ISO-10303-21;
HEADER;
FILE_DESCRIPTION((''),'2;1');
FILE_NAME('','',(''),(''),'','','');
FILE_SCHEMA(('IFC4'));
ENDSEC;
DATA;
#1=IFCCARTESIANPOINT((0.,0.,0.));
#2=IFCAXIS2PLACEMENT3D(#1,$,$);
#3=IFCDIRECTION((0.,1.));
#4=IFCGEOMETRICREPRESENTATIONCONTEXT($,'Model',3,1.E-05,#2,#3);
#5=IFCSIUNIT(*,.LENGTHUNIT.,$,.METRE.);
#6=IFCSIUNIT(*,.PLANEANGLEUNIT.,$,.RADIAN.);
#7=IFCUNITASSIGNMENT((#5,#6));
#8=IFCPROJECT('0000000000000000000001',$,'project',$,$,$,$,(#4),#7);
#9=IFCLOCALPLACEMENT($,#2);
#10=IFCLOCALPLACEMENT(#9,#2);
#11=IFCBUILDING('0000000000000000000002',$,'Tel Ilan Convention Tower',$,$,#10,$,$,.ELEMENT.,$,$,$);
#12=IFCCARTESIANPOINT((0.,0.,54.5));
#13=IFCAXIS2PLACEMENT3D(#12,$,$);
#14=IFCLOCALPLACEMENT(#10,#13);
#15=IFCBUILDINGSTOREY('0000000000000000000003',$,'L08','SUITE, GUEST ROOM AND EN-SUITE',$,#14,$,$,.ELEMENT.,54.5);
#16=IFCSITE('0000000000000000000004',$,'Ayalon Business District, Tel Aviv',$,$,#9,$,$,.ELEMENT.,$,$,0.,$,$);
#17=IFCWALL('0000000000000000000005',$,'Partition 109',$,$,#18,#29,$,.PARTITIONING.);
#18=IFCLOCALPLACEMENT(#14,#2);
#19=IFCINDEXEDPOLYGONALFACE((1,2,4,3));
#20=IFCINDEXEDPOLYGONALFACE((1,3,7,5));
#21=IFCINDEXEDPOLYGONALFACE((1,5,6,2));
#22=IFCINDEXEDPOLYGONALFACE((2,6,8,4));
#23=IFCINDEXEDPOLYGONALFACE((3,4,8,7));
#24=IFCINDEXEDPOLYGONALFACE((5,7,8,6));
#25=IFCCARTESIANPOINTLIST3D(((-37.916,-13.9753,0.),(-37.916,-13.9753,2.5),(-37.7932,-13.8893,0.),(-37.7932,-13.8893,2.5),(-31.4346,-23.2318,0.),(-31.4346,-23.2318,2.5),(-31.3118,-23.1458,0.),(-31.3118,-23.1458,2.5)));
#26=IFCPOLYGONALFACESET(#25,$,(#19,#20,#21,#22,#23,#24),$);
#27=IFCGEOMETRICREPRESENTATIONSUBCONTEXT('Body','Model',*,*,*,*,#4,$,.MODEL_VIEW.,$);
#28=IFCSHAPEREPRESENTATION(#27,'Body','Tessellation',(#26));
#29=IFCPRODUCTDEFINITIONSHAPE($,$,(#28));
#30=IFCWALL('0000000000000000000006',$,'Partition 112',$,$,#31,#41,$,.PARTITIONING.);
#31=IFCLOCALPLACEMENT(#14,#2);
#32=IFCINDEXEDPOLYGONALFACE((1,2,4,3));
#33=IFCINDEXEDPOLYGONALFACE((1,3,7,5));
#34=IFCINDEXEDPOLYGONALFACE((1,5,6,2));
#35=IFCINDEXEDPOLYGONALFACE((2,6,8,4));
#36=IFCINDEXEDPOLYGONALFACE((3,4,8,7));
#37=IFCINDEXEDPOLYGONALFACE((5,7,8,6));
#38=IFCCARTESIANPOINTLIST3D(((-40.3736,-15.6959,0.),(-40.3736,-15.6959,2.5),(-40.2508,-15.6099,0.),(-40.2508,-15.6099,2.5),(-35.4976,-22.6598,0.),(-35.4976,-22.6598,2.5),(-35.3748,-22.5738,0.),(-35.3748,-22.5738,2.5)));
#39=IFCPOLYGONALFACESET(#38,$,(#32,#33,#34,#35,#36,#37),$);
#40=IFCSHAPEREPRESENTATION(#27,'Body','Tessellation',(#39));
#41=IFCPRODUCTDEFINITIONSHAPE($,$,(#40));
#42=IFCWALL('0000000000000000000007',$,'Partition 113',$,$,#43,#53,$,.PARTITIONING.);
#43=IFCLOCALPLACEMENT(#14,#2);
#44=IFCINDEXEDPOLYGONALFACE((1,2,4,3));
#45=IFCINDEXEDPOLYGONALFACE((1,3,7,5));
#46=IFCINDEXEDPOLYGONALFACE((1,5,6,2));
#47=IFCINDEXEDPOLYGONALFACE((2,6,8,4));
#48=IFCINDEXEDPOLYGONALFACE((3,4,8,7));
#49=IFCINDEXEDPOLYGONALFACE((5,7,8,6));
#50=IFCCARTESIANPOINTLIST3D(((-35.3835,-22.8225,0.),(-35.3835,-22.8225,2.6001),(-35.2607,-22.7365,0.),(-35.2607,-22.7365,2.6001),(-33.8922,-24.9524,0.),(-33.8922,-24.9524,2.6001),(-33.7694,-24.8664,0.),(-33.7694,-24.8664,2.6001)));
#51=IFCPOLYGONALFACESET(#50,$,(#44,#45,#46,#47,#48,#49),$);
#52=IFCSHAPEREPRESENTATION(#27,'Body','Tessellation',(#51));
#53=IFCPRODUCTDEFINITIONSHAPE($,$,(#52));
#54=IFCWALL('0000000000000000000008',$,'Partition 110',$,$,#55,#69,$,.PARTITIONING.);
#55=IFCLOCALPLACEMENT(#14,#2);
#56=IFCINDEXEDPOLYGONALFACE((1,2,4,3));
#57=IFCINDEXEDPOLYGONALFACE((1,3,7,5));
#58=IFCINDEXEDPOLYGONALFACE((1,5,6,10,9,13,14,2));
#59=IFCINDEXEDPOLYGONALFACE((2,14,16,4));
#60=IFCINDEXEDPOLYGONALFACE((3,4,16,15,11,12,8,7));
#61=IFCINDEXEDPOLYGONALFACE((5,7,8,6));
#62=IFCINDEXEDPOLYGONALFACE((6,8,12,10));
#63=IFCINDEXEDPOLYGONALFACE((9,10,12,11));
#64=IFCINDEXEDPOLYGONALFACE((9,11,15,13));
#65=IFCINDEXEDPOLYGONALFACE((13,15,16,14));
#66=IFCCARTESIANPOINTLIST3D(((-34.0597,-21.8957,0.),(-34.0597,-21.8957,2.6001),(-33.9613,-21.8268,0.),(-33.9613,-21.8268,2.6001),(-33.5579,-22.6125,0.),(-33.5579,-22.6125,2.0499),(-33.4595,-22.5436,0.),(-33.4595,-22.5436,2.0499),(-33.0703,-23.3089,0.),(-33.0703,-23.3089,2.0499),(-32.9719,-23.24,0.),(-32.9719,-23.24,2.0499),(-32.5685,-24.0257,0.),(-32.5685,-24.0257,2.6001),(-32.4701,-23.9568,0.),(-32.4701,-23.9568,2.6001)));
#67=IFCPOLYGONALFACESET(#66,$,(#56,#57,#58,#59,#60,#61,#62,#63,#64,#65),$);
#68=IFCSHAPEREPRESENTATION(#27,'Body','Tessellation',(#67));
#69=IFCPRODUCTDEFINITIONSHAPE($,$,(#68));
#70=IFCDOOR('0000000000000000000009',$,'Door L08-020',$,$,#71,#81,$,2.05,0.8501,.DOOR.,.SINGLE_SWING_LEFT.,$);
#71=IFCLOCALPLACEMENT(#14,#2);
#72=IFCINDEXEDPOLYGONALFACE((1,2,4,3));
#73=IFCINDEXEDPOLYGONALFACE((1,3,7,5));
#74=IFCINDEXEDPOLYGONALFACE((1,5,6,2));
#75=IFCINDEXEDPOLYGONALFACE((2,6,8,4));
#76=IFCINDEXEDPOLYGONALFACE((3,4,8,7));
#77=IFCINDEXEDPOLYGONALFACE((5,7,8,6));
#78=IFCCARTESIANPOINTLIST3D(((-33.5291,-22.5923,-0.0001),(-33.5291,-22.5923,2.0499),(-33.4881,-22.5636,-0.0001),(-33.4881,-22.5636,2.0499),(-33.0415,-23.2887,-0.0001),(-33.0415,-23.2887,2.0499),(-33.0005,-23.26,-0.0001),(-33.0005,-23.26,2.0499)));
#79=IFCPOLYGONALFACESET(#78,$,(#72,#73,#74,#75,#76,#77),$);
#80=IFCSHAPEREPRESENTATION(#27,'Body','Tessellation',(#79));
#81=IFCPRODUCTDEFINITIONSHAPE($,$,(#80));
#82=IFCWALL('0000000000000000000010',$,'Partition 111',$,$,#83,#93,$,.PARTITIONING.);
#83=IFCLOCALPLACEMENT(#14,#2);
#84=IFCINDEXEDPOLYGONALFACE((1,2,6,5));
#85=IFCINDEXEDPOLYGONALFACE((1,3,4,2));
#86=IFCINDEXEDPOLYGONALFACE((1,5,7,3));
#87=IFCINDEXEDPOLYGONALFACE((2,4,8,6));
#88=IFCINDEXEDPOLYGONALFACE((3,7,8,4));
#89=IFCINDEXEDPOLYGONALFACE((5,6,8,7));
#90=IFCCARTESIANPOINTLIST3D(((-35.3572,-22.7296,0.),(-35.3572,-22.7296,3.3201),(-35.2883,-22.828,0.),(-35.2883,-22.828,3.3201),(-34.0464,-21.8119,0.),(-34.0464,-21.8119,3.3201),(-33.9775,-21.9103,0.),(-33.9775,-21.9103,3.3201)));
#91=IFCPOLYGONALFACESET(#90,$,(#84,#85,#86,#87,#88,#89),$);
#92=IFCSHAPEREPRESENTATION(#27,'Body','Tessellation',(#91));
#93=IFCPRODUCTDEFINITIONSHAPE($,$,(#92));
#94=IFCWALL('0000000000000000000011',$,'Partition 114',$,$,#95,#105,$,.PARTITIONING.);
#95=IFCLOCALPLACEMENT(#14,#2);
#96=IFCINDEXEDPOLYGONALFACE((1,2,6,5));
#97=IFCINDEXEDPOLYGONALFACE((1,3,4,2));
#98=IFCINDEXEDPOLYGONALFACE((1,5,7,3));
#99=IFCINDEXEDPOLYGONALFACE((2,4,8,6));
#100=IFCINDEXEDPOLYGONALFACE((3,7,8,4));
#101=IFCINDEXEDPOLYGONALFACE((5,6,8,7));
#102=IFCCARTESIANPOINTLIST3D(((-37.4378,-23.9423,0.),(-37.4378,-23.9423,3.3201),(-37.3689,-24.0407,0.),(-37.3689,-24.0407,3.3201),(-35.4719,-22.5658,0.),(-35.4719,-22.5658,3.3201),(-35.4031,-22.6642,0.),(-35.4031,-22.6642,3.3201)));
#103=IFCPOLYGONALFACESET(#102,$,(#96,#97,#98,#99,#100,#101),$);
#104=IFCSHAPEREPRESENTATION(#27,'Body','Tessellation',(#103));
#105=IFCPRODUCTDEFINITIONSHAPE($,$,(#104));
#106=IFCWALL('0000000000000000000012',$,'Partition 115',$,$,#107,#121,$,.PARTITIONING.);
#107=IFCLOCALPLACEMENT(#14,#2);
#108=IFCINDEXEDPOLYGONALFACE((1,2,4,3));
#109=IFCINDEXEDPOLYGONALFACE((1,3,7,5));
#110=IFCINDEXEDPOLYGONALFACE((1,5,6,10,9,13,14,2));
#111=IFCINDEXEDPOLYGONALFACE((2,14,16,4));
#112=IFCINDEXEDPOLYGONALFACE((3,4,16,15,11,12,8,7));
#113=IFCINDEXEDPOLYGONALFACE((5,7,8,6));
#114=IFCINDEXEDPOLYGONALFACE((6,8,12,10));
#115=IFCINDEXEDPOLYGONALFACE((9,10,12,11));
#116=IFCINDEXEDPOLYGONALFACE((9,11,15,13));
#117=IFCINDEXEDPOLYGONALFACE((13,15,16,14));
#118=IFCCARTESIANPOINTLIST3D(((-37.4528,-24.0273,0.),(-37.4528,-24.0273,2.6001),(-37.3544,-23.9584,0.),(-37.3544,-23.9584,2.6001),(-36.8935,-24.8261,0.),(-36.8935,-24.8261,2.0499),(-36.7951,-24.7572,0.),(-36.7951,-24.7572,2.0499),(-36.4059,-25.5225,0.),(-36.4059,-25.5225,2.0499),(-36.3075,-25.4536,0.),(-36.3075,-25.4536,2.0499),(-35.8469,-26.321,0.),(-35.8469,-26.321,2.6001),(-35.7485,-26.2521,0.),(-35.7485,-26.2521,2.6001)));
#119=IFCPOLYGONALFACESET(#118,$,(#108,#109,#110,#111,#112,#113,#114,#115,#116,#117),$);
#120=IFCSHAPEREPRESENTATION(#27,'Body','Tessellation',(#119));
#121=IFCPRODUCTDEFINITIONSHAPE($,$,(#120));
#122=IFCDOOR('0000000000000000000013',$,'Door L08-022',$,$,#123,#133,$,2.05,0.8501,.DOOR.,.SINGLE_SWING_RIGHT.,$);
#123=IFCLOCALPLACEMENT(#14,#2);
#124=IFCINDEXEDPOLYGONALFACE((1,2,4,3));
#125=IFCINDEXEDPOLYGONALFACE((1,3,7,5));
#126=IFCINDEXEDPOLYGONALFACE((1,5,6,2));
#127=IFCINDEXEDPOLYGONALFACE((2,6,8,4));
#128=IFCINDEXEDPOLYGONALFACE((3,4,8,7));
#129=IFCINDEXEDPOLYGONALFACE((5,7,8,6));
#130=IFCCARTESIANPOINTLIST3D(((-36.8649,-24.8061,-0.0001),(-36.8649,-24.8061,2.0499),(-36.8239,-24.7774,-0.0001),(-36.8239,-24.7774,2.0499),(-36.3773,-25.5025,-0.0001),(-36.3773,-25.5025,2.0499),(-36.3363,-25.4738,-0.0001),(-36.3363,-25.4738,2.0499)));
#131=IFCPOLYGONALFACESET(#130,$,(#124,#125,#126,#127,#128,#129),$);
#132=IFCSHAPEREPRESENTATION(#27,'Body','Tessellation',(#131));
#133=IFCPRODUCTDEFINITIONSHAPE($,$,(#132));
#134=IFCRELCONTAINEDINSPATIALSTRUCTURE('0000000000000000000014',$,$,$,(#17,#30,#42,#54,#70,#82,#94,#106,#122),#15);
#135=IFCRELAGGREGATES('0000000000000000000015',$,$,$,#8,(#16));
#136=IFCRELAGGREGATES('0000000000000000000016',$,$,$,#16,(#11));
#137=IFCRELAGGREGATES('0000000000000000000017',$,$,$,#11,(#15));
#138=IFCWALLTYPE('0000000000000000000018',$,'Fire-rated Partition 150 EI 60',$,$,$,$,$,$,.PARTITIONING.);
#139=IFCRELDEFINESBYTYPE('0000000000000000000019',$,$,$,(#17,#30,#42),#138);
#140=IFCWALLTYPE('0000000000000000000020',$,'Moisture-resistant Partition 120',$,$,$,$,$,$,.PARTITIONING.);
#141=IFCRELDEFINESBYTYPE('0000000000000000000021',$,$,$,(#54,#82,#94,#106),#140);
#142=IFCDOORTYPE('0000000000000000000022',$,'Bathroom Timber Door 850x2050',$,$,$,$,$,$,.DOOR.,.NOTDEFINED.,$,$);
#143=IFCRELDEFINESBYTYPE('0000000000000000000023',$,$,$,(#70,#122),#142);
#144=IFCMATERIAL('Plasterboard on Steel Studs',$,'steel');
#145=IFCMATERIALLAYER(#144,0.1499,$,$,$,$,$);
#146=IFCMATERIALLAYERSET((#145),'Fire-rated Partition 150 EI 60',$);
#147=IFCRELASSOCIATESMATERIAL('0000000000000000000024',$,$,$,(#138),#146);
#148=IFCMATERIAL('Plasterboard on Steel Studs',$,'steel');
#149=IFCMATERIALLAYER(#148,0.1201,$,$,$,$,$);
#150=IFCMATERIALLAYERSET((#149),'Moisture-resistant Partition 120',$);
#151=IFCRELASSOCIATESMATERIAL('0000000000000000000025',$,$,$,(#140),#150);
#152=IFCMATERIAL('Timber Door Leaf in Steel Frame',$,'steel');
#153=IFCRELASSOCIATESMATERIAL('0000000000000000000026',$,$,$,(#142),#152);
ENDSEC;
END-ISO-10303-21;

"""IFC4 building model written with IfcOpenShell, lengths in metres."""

from ifc_helpers import new_model, si_unit, direction, frame, frame_2d, origin, place, context, subcontext, project, spatial, rectangle, extrude, material, layer, layer_set, type_object, element, fill, save


model = new_model("IFC4")

# Units and contexts
model_context = context("Model", 3, precision=1e-05, world=origin(), true_north=direction((0.0, 1.0)))
body_context = subcontext(model_context, "Body", "Model", "MODEL_VIEW")
ifc_project = project(units=[si_unit("LENGTHUNIT", "METRE"), si_unit("PLANEANGLEUNIT", "RADIAN")], contexts=[model_context])

# Site, building, storey
site_placement = place(None, origin())
site = spatial("IfcSite", under=ifc_project, at=site_placement, Name="Ayalon Business District, Tel Aviv", CompositionType="ELEMENT", RefElevation=0.0)
building_placement = place(site_placement, origin())
building = spatial("IfcBuilding", under=site, at=building_placement, Name="Tel Ilan Convention Tower", CompositionType="ELEMENT")
storey_placement = place(building_placement, frame((0.0, 0.0, 54.5)))
storey = spatial("IfcBuildingStorey", under=building, at=storey_placement, Name="L08", Description="SUITE, GUEST ROOM AND EN-SUITE", CompositionType="ELEMENT", Elevation=54.5)

# Shared definitions
ifc_material_1 = material(Name="Plasterboard on Steel Studs", Category="steel")
ifc_layer_1 = layer(ifc_material_1, 0.1499)
ifc_layer_set_1 = layer_set([ifc_layer_1], Name="Fire-rated Partition 150 EI 60")
wall_type_1 = type_object("IfcWallType", Name="Fire-rated Partition 150 EI 60", PredefinedType="PARTITIONING", material=ifc_layer_set_1)

# Walls
wall_1_placement = place(storey_placement, frame((-31.3733, -23.1887, 0.0), z_axis=(0.0, 0.0, 1.0), x_axis=(-0.573571, 0.819156, 0.0)))
element("IfcWall", 1, at=wall_1_placement, inside=storey, type_object=wall_type_1, Name="Partition 109", PredefinedType="PARTITIONING", context=body_context, shape_type="SweptSolid", body=[
    extrude(rectangle(XDim=11.3, YDim=0.1499, at=frame_2d((5.6499, 0.0))), origin(), (0.0, 0.0, 1.0), 2.5),
])
wall_2_placement = place(storey_placement, frame((-35.4363, -22.6167, 0.0), z_axis=(0.0, 0.0, 1.0), x_axis=(-0.573563, 0.819162, 0.0)))
element("IfcWall", 2, at=wall_2_placement, inside=storey, type_object=wall_type_1, Name="Partition 112", PredefinedType="PARTITIONING", context=body_context, shape_type="SweptSolid", body=[
    extrude(rectangle(XDim=8.5012, YDim=0.1499, at=frame_2d((4.2505, 0.0))), origin(), (0.0, 0.0, 1.0), 2.5),
])
wall_3_placement = place(storey_placement, frame((-33.8308, -24.9094, 0.0), z_axis=(0.0, 0.0, 1.0), x_axis=(-0.573538, 0.819179, 0.0)))
element("IfcWall", 3, at=wall_3_placement, inside=storey, type_object=wall_type_1, Name="Partition 113", PredefinedType="PARTITIONING", context=body_context, shape_type="SweptSolid", body=[
    extrude(rectangle(XDim=2.6001, YDim=0.1499, at=frame_2d((1.3, 0.0))), origin(), (0.0, 0.0, 1.0), 2.6001),
])

# Wall, opening, door
ifc_material_2 = material(Name="Plasterboard on Steel Studs", Category="steel")
ifc_layer_2 = layer(ifc_material_2, 0.1201)
ifc_layer_set_2 = layer_set([ifc_layer_2], Name="Moisture-resistant Partition 120")
wall_type_2 = type_object("IfcWallType", Name="Moisture-resistant Partition 120", PredefinedType="PARTITIONING", material=ifc_layer_set_2)
wall_4_placement = place(storey_placement, frame((-32.5193, -23.9912, 0.0), z_axis=(0.0, 0.0, 1.0), x_axis=(-0.573538, 0.819179, 0.0)))
wall_4 = element("IfcWall", 4, at=wall_4_placement, inside=storey, type_object=wall_type_2, Name="Partition 110", PredefinedType="PARTITIONING", context=body_context, shape_type="SweptSolid", body=[
    extrude(rectangle(XDim=2.6001, YDim=0.1201, at=frame_2d((1.3, 0.0))), origin(), (0.0, 0.0, 1.0), 2.6001),
])
opening_1_placement = place(wall_4_placement, frame((0.875, 0.0, 0.0)))
opening_1 = element("IfcOpeningElement", 5, at=opening_1_placement, cuts=wall_4, PredefinedType="OPENING", context=body_context, shape_type="SweptSolid", body=[
    extrude(rectangle(XDim=0.8501, YDim=2.05, at=frame_2d((0.425, 1.0249))), frame((0.0, 0.0701, 0.0), z_axis=(0.0, -1.0, 0.0), x_axis=(1.0, 0.0, 0.0)), (0.0, 0.0, 1.0), 0.1401),
])
ifc_material_3 = material(Name="Timber Door Leaf in Steel Frame", Category="steel")
door_type_1 = type_object("IfcDoorType", Name="Bathroom Timber Door 850x2050", OperationType="NOTDEFINED", PredefinedType="DOOR", material=ifc_material_3)
door_1_placement = place(opening_1_placement, origin())
door_1 = element("IfcDoor", 6, at=door_1_placement, inside=storey, type_object=door_type_1, Name="Door L08-020", OperationType="SINGLE_SWING_LEFT", OverallHeight=2.05, OverallWidth=0.8501, PredefinedType="DOOR", context=body_context, shape_type="SweptSolid", body=[
    extrude(rectangle(XDim=0.8501, YDim=2.05, at=frame_2d((0.425, 1.0249))), frame((0.0, 0.0249, 0.0), z_axis=(0.0, -1.0, 0.0), x_axis=(1.0, 0.0, 0.0)), (0.0, 0.0, 1.0), 0.05),
])
fill(opening_1, door_1)

# Walls
wall_5_placement = place(storey_placement, frame((-34.012, -21.8611, 0.0), z_axis=(0.0, 0.0, 1.0), x_axis=(-0.819182, -0.573534, 0.0)))
element("IfcWall", 7, at=wall_5_placement, inside=storey, type_object=wall_type_2, Name="Partition 111", PredefinedType="PARTITIONING", context=body_context, shape_type="SweptSolid", body=[
    extrude(rectangle(XDim=1.6001, YDim=0.1201, at=frame_2d((0.8, 0.0))), origin(), (0.0, 0.0, 1.0), 3.3201),
])
wall_6_placement = place(storey_placement, frame((-35.4375, -22.615, 0.0), z_axis=(0.0, 0.0, 1.0), x_axis=(-0.819155, -0.573572, 0.0)))
element("IfcWall", 8, at=wall_6_placement, inside=storey, type_object=wall_type_2, Name="Partition 114", PredefinedType="PARTITIONING", context=body_context, shape_type="SweptSolid", body=[
    extrude(rectangle(XDim=2.3999, YDim=0.1201, at=frame_2d((1.2, 0.0))), origin(), (0.0, 0.0, 1.0), 3.3201),
])

# Wall, opening, door
wall_7_placement = place(storey_placement, frame((-37.4036, -23.9929, 0.0), z_axis=(0.0, 0.0, 1.0), x_axis=(0.57355, -0.81917, 0.0)))
wall_7 = element("IfcWall", 9, at=wall_7_placement, inside=storey, type_object=wall_type_2, Name="Partition 115", PredefinedType="PARTITIONING", context=body_context, shape_type="SweptSolid", body=[
    extrude(rectangle(XDim=2.8, YDim=0.1201, at=frame_2d((1.3999, 0.0))), origin(), (0.0, 0.0, 1.0), 2.6001),
])
opening_2_placement = place(wall_7_placement, frame((0.9751, 0.0, 0.0)))
opening_2 = element("IfcOpeningElement", 10, at=opening_2_placement, cuts=wall_7, PredefinedType="OPENING", context=body_context, shape_type="SweptSolid", body=[
    extrude(rectangle(XDim=0.8501, YDim=2.05, at=frame_2d((0.425, 1.0249))), frame((0.0, 0.0701, 0.0), z_axis=(0.0, -1.0, 0.0), x_axis=(1.0, 0.0, 0.0)), (0.0, 0.0, 1.0), 0.1401),
])
door_2_placement = place(opening_2_placement, origin())
door_2 = element("IfcDoor", 11, at=door_2_placement, inside=storey, type_object=door_type_1, Name="Door L08-022", OperationType="SINGLE_SWING_RIGHT", OverallHeight=2.05, OverallWidth=0.8501, PredefinedType="DOOR", context=body_context, shape_type="SweptSolid", body=[
    extrude(rectangle(XDim=0.8501, YDim=2.05, at=frame_2d((0.425, 1.0249))), frame((0.0, 0.0249, 0.0), z_axis=(0.0, -1.0, 0.0), x_axis=(1.0, 0.0, 0.0)), (0.0, 0.0, 1.0), 0.05),
])
fill(opening_2, door_2)

save(model, "model.ifc")
